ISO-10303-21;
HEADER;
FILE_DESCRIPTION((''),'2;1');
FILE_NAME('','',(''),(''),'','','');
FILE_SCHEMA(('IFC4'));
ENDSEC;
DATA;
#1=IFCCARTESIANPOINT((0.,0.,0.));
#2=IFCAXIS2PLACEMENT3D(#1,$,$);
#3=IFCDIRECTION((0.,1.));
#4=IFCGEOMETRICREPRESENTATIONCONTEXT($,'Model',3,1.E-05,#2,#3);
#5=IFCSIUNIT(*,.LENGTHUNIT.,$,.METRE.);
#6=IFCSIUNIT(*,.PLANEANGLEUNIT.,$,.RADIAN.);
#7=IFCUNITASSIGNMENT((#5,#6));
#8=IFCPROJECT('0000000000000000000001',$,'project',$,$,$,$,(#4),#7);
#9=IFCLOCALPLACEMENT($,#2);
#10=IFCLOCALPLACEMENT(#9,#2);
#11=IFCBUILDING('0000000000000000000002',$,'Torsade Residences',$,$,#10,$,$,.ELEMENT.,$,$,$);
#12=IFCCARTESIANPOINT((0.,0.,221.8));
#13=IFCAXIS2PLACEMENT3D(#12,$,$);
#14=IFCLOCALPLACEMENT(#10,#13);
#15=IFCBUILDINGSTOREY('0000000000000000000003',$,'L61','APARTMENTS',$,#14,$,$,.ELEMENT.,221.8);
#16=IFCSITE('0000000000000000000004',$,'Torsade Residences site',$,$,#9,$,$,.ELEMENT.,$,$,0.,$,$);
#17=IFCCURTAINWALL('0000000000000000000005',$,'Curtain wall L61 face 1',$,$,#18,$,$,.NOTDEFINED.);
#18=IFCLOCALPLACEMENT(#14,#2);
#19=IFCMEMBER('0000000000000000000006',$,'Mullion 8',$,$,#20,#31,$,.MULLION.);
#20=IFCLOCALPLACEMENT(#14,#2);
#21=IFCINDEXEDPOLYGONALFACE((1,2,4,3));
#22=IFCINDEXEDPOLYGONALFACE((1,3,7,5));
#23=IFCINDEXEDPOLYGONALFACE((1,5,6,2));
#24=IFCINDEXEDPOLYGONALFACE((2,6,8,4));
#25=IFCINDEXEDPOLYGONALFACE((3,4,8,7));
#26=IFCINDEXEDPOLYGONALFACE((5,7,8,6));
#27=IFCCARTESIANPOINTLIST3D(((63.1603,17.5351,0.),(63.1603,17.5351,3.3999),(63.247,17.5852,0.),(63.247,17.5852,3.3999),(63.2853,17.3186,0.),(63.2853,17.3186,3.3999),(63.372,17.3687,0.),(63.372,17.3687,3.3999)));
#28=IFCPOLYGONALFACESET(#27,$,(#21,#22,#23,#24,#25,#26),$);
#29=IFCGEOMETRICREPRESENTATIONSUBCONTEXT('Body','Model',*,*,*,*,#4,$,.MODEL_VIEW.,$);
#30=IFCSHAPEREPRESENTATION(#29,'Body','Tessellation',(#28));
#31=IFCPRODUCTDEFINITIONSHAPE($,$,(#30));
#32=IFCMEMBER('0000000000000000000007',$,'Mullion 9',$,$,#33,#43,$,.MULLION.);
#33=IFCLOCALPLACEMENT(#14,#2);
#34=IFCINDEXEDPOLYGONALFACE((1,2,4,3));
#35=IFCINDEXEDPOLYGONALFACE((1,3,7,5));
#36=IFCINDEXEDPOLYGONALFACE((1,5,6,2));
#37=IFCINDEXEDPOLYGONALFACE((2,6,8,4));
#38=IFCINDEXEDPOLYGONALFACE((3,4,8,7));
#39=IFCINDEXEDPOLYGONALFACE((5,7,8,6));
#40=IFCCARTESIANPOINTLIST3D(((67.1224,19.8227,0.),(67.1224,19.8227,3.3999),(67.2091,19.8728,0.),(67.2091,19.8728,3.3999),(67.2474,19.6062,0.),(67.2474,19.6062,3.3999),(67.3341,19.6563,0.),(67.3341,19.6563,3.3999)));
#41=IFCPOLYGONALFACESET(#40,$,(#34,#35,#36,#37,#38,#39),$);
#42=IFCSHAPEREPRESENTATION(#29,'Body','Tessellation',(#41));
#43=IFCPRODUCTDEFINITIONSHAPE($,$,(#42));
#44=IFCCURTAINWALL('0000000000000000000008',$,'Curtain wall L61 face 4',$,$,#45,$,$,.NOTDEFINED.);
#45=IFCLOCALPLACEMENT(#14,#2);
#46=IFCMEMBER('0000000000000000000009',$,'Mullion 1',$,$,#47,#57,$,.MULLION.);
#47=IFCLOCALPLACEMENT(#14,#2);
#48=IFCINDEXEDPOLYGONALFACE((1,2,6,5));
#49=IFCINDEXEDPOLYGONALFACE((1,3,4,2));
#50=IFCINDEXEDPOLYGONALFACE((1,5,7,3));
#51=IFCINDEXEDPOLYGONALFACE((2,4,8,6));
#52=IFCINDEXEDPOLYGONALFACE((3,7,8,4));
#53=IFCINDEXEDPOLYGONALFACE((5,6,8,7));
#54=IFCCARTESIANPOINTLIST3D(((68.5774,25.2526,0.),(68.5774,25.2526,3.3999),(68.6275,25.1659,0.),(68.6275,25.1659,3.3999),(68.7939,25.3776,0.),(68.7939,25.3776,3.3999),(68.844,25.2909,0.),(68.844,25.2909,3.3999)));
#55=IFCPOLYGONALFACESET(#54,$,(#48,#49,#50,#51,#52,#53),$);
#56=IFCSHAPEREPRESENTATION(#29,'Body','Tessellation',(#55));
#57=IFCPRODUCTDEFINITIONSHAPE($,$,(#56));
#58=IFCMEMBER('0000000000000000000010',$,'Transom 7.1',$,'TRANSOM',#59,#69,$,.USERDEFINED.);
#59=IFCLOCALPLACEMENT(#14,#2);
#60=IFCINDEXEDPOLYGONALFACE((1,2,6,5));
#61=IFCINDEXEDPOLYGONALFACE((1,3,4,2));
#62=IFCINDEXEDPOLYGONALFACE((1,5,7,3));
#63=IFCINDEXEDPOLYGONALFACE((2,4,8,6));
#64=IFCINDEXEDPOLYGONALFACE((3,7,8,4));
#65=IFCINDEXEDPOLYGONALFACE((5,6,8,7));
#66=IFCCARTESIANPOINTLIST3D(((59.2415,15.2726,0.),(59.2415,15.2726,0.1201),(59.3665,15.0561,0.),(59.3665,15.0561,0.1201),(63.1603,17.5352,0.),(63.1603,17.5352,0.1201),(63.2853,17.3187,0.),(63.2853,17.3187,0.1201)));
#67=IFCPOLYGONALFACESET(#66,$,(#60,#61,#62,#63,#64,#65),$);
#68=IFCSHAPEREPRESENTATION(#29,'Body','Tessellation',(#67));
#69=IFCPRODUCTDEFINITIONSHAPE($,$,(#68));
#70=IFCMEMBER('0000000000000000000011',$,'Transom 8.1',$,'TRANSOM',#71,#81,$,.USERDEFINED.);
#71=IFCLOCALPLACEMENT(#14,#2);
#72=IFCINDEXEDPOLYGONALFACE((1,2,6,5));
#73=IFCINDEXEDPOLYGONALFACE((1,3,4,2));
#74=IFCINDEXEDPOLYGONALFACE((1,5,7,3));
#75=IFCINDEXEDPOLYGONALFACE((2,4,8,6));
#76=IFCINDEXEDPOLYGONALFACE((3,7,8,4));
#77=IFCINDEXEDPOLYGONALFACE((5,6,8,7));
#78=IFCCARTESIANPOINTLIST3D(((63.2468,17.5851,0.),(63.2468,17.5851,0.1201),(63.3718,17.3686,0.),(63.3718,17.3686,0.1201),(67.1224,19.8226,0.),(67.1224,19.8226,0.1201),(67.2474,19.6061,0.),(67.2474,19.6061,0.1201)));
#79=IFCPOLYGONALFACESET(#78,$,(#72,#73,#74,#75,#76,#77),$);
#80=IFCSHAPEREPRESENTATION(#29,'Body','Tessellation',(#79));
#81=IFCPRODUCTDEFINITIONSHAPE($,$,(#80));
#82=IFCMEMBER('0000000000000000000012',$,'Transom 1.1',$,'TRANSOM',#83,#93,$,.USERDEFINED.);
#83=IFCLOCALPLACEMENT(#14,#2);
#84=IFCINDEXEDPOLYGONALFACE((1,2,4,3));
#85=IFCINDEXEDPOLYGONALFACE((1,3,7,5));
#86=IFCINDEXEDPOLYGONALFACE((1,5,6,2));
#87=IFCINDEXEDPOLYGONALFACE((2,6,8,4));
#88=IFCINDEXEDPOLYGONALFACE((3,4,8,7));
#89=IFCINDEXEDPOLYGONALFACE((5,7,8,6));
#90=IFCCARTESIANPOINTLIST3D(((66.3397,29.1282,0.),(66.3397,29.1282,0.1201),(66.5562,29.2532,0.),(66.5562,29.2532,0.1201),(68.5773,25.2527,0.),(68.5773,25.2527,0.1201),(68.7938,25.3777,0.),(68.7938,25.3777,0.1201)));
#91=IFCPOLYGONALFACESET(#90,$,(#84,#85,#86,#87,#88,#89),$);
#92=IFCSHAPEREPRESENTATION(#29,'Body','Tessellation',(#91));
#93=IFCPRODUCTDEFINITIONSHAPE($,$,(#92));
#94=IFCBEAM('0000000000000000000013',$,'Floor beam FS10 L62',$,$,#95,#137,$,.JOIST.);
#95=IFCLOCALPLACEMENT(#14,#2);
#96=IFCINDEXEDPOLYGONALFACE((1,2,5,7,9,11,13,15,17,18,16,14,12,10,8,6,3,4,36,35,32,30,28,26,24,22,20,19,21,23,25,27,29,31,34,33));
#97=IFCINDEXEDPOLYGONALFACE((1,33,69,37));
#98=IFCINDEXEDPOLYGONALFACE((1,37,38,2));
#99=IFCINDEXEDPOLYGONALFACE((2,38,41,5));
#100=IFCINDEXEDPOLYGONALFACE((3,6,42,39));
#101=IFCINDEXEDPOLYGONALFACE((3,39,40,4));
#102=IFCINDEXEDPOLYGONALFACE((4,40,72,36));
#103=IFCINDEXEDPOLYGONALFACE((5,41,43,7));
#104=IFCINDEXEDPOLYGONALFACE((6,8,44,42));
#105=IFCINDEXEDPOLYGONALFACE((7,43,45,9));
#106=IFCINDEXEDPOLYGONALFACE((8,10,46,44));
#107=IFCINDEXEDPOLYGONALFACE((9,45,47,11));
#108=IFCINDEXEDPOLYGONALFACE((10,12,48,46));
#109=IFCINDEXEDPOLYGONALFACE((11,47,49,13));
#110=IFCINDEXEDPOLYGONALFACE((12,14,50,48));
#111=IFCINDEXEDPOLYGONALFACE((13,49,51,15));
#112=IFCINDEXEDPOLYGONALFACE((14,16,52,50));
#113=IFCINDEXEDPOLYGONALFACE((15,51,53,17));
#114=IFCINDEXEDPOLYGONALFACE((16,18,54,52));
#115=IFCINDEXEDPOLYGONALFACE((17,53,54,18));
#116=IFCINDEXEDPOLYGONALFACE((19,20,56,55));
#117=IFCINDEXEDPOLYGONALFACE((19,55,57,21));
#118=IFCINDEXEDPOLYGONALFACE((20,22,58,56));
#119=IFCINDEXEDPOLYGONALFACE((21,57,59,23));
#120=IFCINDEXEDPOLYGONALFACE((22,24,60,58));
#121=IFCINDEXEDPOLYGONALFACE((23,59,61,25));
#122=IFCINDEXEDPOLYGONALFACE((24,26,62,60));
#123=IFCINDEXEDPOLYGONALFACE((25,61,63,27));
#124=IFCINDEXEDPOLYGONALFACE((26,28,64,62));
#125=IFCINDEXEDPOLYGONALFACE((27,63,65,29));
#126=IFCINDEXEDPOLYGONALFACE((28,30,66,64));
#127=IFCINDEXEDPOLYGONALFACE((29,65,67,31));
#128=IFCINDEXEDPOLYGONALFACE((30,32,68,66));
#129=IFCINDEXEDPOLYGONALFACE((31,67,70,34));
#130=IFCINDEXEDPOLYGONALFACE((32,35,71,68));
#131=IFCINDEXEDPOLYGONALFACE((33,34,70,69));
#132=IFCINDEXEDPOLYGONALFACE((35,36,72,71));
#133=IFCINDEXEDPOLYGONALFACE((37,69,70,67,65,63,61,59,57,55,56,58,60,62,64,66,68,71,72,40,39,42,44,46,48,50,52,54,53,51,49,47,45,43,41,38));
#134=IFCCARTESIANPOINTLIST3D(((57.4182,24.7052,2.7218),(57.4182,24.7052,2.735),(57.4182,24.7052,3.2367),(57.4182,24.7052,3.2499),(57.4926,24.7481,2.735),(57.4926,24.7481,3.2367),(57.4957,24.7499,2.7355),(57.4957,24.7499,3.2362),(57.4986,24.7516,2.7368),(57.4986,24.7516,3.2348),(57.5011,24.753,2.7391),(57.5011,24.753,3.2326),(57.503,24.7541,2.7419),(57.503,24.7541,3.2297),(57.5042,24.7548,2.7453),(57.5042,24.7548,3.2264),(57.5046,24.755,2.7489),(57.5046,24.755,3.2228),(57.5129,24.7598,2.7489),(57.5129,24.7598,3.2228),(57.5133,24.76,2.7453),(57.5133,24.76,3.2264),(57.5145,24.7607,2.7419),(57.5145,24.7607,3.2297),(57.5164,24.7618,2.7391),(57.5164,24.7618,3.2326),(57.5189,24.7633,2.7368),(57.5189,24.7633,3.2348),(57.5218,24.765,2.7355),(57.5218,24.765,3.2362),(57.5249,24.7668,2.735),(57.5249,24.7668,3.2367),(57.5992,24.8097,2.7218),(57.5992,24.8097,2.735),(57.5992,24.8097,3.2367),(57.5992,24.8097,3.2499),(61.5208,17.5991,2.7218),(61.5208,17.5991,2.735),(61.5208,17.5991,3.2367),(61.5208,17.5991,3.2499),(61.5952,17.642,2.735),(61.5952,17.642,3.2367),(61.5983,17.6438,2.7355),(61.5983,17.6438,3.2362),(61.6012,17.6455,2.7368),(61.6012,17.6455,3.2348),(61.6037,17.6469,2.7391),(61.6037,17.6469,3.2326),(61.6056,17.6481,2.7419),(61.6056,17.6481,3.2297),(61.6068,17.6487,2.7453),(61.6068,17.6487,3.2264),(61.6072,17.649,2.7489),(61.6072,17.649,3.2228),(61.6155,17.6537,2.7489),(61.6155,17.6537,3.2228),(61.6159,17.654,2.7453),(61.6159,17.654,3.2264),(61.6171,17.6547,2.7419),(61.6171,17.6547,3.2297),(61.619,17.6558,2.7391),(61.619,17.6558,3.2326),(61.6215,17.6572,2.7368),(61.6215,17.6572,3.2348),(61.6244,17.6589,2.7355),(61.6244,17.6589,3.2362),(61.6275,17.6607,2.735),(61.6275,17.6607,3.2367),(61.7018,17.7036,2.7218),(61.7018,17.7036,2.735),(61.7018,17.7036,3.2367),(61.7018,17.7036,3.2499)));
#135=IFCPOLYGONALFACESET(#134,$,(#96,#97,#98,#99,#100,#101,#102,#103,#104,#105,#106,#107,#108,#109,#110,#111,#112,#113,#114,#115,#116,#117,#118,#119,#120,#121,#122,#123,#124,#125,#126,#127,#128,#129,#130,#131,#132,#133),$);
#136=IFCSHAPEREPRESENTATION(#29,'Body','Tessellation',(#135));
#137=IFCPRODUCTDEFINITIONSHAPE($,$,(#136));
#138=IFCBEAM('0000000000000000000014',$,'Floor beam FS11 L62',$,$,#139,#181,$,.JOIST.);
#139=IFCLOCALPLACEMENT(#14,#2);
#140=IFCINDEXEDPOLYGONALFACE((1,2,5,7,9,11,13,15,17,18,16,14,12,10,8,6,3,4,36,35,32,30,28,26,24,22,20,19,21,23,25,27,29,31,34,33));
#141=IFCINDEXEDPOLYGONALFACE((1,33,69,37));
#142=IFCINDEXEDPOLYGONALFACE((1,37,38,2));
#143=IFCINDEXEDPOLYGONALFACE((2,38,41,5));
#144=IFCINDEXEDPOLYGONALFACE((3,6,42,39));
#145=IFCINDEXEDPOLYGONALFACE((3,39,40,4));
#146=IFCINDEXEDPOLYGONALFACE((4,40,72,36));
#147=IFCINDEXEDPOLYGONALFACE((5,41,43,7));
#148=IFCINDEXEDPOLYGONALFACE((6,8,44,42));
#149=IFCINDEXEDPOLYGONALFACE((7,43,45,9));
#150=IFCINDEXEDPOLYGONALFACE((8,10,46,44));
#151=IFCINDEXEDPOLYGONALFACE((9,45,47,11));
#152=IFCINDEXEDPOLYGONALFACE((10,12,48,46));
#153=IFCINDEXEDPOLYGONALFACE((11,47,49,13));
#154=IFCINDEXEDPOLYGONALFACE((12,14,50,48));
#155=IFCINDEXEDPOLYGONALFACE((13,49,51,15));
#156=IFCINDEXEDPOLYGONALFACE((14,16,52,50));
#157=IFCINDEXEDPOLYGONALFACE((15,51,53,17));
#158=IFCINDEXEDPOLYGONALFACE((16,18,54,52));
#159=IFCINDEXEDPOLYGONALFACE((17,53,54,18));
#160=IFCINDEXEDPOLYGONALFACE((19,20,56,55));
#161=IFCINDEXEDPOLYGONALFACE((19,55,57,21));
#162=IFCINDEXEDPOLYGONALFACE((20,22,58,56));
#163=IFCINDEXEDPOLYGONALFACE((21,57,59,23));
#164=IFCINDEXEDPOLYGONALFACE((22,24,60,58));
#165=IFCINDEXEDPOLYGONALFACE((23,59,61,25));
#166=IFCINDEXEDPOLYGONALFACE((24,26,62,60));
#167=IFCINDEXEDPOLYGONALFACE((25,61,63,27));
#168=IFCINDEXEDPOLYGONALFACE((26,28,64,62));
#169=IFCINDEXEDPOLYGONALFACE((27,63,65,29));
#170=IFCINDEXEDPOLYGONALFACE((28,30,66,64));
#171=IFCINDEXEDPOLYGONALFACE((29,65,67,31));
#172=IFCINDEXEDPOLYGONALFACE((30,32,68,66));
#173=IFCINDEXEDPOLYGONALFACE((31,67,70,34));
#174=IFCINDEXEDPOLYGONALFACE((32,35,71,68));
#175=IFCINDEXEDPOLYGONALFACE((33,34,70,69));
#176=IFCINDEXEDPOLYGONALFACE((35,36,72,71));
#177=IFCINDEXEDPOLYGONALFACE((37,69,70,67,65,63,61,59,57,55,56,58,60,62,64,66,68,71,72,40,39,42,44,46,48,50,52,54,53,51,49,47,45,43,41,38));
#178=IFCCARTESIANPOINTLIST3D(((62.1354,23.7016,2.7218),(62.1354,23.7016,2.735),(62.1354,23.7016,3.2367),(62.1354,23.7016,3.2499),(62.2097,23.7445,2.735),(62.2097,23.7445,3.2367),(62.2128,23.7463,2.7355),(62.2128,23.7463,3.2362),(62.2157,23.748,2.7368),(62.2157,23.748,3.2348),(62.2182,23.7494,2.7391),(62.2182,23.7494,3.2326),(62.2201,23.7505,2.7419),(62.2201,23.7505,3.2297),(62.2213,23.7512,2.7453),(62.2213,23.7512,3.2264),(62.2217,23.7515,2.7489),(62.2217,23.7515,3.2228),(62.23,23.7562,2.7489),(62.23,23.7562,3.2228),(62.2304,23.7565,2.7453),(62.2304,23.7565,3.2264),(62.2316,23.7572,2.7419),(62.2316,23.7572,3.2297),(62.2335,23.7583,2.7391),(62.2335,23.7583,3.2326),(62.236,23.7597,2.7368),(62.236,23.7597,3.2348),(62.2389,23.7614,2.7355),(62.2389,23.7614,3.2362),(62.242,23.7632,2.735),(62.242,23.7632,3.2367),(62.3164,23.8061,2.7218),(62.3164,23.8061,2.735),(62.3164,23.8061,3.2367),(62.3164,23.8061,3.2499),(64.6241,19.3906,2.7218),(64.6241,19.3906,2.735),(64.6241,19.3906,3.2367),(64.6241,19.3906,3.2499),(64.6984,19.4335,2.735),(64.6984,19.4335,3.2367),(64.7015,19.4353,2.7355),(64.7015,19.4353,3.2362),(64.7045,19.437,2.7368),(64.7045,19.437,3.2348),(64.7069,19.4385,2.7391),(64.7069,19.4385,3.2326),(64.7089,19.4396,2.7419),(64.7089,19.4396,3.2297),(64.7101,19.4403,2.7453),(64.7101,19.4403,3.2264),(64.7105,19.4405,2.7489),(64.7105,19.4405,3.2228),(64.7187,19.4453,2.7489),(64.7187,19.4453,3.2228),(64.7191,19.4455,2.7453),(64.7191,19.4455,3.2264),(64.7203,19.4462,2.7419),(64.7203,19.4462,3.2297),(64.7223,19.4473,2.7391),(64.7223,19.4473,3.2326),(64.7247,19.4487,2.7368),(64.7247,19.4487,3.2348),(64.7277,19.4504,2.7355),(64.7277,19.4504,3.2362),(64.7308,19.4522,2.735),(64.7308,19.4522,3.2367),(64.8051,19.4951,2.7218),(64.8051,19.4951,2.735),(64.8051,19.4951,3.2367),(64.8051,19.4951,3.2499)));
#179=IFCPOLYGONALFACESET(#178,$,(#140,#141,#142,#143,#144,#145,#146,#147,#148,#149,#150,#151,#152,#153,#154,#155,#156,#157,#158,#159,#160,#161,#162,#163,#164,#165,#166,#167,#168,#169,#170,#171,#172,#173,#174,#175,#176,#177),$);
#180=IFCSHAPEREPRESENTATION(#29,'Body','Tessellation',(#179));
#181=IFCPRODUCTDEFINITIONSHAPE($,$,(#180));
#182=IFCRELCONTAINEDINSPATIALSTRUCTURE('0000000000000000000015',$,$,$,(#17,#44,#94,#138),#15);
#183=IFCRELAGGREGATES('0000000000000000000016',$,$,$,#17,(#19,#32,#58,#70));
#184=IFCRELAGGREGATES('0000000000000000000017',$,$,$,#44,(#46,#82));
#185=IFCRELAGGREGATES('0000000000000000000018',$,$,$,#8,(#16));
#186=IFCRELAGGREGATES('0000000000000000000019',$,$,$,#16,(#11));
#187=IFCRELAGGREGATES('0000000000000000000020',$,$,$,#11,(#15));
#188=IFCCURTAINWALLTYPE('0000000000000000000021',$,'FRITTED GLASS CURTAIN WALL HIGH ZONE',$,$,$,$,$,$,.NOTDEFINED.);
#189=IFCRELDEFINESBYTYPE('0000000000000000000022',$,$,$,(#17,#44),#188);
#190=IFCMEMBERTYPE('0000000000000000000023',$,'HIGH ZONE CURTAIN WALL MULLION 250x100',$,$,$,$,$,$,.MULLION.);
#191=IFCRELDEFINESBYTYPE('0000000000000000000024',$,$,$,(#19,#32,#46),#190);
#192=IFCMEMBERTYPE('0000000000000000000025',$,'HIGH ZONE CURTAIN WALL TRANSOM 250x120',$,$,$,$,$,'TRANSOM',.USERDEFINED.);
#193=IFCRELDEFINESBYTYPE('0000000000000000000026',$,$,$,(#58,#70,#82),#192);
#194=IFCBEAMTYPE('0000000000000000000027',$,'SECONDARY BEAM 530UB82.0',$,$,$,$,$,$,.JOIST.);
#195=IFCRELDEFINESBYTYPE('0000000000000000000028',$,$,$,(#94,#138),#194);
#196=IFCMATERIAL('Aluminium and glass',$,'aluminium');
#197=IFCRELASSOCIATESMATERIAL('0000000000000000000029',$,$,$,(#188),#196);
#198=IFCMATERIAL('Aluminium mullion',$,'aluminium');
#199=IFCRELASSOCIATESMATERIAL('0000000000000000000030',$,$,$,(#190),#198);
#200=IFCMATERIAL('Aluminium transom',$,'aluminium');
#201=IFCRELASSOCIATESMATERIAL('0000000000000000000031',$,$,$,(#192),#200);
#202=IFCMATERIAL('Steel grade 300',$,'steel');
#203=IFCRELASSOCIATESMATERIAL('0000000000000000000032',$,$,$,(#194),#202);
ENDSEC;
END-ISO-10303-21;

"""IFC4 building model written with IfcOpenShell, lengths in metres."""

from ifc_helpers import new_model, si_unit, direction, frame, origin, origin_2d, place, context, subcontext, project, spatial, rectangle, i_section, extrude, material, material_profile, profile_set, type_object, element, aggregate, save


model = new_model("IFC4")

# Units and contexts
model_context = context("Model", 3, precision=1e-05, world=origin(), true_north=direction((0.0, 1.0)))
body_context = subcontext(model_context, "Body", "Model", "MODEL_VIEW")
ifc_project = project(units=[si_unit("LENGTHUNIT", "METRE"), si_unit("PLANEANGLEUNIT", "RADIAN")], contexts=[model_context])

# Site, building, storey
site_placement = place(None, origin())
site = spatial("IfcSite", under=ifc_project, at=site_placement, Name="Torsade Residences site", CompositionType="ELEMENT", RefElevation=0.0)
building_placement = place(site_placement, origin())
building = spatial("IfcBuilding", under=site, at=building_placement, Name="Torsade Residences", CompositionType="ELEMENT")
storey_placement = place(building_placement, frame((0.0, 0.0, 221.8)))
storey = spatial("IfcBuildingStorey", under=building, at=storey_placement, Name="L61", Description="APARTMENTS", CompositionType="ELEMENT", Elevation=221.8)

# Curtain wall, members
ifc_material_1 = material(Name="Aluminium and glass", Category="aluminium")
curtain_wall_type = type_object("IfcCurtainWallType", Name="FRITTED GLASS CURTAIN WALL HIGH ZONE", PredefinedType="NOTDEFINED", material=ifc_material_1)
curtain_wall_1_placement = place(storey_placement, origin())
curtain_wall_1 = element("IfcCurtainWall", 1, at=curtain_wall_1_placement, inside=storey, type_object=curtain_wall_type, Name="Curtain wall L61 face 1", PredefinedType="NOTDEFINED")
ifc_material_2 = material(Name="Aluminium mullion", Category="aluminium")
ifc_material_profile_1 = material_profile(ifc_material_2, rectangle(XDim=0.25, YDim=0.1001, at=origin_2d()), Name="HIGH ZONE CURTAIN WALL MULLION 250x100")
ifc_profile_set_1 = profile_set([ifc_material_profile_1], Name="Aluminium mullion")
member_type_1 = type_object("IfcMemberType", Name="HIGH ZONE CURTAIN WALL MULLION 250x100", PredefinedType="MULLION", material=ifc_profile_set_1)
member_1_placement = place(storey_placement, frame((63.2661, 17.4519, 0.0), z_axis=(0.0, 0.0, 1.0), x_axis=(-0.5, 0.866025, 0.0)))
member_1 = element("IfcMember", 2, at=member_1_placement, type_object=member_type_1, Name="Mullion 8", PredefinedType="MULLION", context=body_context, shape_type="SweptSolid", body=[
    extrude(rectangle(XDim=0.25, YDim=0.1001, at=origin_2d()), origin(), (0.0, 0.0, 1.0), 3.3999),
])
member_2_placement = place(storey_placement, frame((67.2283, 19.7395, 0.0), z_axis=(0.0, 0.0, 1.0), x_axis=(-0.5, 0.866025, 0.0)))
member_2 = element("IfcMember", 3, at=member_2_placement, type_object=member_type_1, Name="Mullion 9", PredefinedType="MULLION", context=body_context, shape_type="SweptSolid", body=[
    extrude(rectangle(XDim=0.25, YDim=0.1001, at=origin_2d()), origin(), (0.0, 0.0, 1.0), 3.3999),
])

# Curtain wall, member
curtain_wall_2_placement = place(storey_placement, origin())
curtain_wall_2 = element("IfcCurtainWall", 4, at=curtain_wall_2_placement, inside=storey, type_object=curtain_wall_type, Name="Curtain wall L61 face 4", PredefinedType="NOTDEFINED")
member_3_placement = place(storey_placement, frame((68.7107, 25.2717, 0.0), z_axis=(0.0, 0.0, 1.0), x_axis=(-0.866025, -0.5, 0.0)))
member_3 = element("IfcMember", 5, at=member_3_placement, type_object=member_type_1, Name="Mullion 1", PredefinedType="MULLION", context=body_context, shape_type="SweptSolid", body=[
    extrude(rectangle(XDim=0.25, YDim=0.1001, at=origin_2d()), origin(), (0.0, 0.0, 1.0), 3.3999),
])

# Members
ifc_material_3 = material(Name="Aluminium transom", Category="aluminium")
ifc_material_profile_2 = material_profile(ifc_material_3, rectangle(XDim=0.25, YDim=0.1201, at=origin_2d()), Name="HIGH ZONE CURTAIN WALL TRANSOM 250x120")
ifc_profile_set_2 = profile_set([ifc_material_profile_2], Name="Aluminium transom")
member_type_2 = type_object("IfcMemberType", Name="HIGH ZONE CURTAIN WALL TRANSOM 250x120", ElementType="TRANSOM", PredefinedType="USERDEFINED", material=ifc_profile_set_2)
member_4_placement = place(storey_placement, frame((59.304, 15.1643, 0.0601), z_axis=(0.866017, 0.500015, 0.0), x_axis=(-0.500015, 0.866017, 0.0)))
member_4 = element("IfcMember", 6, at=member_4_placement, type_object=member_type_2, Name="Transom 7.1", ObjectType="TRANSOM", PredefinedType="USERDEFINED", context=body_context, shape_type="SweptSolid", body=[
    extrude(rectangle(XDim=0.25, YDim=0.1201, at=origin_2d()), origin(), (0.0, 0.0, 1.0), 4.5251),
])
member_5_placement = place(storey_placement, frame((63.3093, 17.4768, 0.0601), z_axis=(0.866022, 0.500006, 0.0), x_axis=(-0.500006, 0.866022, 0.0)))
member_5 = element("IfcMember", 7, at=member_5_placement, type_object=member_type_2, Name="Transom 8.1", ObjectType="TRANSOM", PredefinedType="USERDEFINED", context=body_context, shape_type="SweptSolid", body=[
    extrude(rectangle(XDim=0.25, YDim=0.1201, at=origin_2d()), origin(), (0.0, 0.0, 1.0), 4.4751),
])
member_6_placement = place(storey_placement, frame((68.6855, 25.3152, 0.0601), z_axis=(-0.500006, 0.866022, 0.0), x_axis=(-0.866022, -0.500006, 0.0)))
member_6 = element("IfcMember", 8, at=member_6_placement, type_object=member_type_2, Name="Transom 1.1", ObjectType="TRANSOM", PredefinedType="USERDEFINED", context=body_context, shape_type="SweptSolid", body=[
    extrude(rectangle(XDim=0.25, YDim=0.1201, at=origin_2d()), origin(), (0.0, 0.0, 1.0), 4.4751),
])

# Beams
ifc_material_4 = material(Name="Steel grade 300", Category="steel")
ifc_material_profile_3 = material_profile(ifc_material_4, i_section(OverallWidth=0.209, OverallDepth=0.5281, WebThickness=0.0095, FlangeThickness=0.0132, FilletRadius=0.0139, at=origin_2d()), Name="530UB82.0")
ifc_profile_set_3 = profile_set([ifc_material_profile_3], Name="Steel grade 300")
beam_type_1 = type_object("IfcBeamType", Name="SECONDARY BEAM 530UB82.0", PredefinedType="JOIST", material=ifc_profile_set_3)
beam_1_placement = place(storey_placement, frame((61.6113, 17.6514, 2.9858), z_axis=(-0.499992, 0.86603, 0.0), x_axis=(-0.86603, -0.499992, 0.0)))
element("IfcBeam", 9, at=beam_1_placement, inside=storey, type_object=beam_type_1, Name="Floor beam FS10 L62", PredefinedType="JOIST", context=body_context, shape_type="SweptSolid", body=[
    extrude(i_section(OverallWidth=0.209, OverallDepth=0.5281, WebThickness=0.0095, FlangeThickness=0.0132, FilletRadius=0.0139, at=origin_2d()), origin(), (0.0, 0.0, 1.0), 8.2053),
])
beam_2_placement = place(storey_placement, frame((64.7146, 19.4429, 2.9858), z_axis=(-0.499969, 0.866043, 0.0), x_axis=(-0.866043, -0.499969, 0.0)))
element("IfcBeam", 10, at=beam_2_placement, inside=storey, type_object=beam_type_1, Name="Floor beam FS11 L62", PredefinedType="JOIST", context=body_context, shape_type="SweptSolid", body=[
    extrude(i_section(OverallWidth=0.209, OverallDepth=0.5281, WebThickness=0.0095, FlangeThickness=0.0132, FilletRadius=0.0139, at=origin_2d()), origin(), (0.0, 0.0, 1.0), 4.9778),
])

aggregate(curtain_wall_1, [member_1, member_2, member_4, member_5])
aggregate(curtain_wall_2, [member_3, member_6])

save(model, "model.ifc")
